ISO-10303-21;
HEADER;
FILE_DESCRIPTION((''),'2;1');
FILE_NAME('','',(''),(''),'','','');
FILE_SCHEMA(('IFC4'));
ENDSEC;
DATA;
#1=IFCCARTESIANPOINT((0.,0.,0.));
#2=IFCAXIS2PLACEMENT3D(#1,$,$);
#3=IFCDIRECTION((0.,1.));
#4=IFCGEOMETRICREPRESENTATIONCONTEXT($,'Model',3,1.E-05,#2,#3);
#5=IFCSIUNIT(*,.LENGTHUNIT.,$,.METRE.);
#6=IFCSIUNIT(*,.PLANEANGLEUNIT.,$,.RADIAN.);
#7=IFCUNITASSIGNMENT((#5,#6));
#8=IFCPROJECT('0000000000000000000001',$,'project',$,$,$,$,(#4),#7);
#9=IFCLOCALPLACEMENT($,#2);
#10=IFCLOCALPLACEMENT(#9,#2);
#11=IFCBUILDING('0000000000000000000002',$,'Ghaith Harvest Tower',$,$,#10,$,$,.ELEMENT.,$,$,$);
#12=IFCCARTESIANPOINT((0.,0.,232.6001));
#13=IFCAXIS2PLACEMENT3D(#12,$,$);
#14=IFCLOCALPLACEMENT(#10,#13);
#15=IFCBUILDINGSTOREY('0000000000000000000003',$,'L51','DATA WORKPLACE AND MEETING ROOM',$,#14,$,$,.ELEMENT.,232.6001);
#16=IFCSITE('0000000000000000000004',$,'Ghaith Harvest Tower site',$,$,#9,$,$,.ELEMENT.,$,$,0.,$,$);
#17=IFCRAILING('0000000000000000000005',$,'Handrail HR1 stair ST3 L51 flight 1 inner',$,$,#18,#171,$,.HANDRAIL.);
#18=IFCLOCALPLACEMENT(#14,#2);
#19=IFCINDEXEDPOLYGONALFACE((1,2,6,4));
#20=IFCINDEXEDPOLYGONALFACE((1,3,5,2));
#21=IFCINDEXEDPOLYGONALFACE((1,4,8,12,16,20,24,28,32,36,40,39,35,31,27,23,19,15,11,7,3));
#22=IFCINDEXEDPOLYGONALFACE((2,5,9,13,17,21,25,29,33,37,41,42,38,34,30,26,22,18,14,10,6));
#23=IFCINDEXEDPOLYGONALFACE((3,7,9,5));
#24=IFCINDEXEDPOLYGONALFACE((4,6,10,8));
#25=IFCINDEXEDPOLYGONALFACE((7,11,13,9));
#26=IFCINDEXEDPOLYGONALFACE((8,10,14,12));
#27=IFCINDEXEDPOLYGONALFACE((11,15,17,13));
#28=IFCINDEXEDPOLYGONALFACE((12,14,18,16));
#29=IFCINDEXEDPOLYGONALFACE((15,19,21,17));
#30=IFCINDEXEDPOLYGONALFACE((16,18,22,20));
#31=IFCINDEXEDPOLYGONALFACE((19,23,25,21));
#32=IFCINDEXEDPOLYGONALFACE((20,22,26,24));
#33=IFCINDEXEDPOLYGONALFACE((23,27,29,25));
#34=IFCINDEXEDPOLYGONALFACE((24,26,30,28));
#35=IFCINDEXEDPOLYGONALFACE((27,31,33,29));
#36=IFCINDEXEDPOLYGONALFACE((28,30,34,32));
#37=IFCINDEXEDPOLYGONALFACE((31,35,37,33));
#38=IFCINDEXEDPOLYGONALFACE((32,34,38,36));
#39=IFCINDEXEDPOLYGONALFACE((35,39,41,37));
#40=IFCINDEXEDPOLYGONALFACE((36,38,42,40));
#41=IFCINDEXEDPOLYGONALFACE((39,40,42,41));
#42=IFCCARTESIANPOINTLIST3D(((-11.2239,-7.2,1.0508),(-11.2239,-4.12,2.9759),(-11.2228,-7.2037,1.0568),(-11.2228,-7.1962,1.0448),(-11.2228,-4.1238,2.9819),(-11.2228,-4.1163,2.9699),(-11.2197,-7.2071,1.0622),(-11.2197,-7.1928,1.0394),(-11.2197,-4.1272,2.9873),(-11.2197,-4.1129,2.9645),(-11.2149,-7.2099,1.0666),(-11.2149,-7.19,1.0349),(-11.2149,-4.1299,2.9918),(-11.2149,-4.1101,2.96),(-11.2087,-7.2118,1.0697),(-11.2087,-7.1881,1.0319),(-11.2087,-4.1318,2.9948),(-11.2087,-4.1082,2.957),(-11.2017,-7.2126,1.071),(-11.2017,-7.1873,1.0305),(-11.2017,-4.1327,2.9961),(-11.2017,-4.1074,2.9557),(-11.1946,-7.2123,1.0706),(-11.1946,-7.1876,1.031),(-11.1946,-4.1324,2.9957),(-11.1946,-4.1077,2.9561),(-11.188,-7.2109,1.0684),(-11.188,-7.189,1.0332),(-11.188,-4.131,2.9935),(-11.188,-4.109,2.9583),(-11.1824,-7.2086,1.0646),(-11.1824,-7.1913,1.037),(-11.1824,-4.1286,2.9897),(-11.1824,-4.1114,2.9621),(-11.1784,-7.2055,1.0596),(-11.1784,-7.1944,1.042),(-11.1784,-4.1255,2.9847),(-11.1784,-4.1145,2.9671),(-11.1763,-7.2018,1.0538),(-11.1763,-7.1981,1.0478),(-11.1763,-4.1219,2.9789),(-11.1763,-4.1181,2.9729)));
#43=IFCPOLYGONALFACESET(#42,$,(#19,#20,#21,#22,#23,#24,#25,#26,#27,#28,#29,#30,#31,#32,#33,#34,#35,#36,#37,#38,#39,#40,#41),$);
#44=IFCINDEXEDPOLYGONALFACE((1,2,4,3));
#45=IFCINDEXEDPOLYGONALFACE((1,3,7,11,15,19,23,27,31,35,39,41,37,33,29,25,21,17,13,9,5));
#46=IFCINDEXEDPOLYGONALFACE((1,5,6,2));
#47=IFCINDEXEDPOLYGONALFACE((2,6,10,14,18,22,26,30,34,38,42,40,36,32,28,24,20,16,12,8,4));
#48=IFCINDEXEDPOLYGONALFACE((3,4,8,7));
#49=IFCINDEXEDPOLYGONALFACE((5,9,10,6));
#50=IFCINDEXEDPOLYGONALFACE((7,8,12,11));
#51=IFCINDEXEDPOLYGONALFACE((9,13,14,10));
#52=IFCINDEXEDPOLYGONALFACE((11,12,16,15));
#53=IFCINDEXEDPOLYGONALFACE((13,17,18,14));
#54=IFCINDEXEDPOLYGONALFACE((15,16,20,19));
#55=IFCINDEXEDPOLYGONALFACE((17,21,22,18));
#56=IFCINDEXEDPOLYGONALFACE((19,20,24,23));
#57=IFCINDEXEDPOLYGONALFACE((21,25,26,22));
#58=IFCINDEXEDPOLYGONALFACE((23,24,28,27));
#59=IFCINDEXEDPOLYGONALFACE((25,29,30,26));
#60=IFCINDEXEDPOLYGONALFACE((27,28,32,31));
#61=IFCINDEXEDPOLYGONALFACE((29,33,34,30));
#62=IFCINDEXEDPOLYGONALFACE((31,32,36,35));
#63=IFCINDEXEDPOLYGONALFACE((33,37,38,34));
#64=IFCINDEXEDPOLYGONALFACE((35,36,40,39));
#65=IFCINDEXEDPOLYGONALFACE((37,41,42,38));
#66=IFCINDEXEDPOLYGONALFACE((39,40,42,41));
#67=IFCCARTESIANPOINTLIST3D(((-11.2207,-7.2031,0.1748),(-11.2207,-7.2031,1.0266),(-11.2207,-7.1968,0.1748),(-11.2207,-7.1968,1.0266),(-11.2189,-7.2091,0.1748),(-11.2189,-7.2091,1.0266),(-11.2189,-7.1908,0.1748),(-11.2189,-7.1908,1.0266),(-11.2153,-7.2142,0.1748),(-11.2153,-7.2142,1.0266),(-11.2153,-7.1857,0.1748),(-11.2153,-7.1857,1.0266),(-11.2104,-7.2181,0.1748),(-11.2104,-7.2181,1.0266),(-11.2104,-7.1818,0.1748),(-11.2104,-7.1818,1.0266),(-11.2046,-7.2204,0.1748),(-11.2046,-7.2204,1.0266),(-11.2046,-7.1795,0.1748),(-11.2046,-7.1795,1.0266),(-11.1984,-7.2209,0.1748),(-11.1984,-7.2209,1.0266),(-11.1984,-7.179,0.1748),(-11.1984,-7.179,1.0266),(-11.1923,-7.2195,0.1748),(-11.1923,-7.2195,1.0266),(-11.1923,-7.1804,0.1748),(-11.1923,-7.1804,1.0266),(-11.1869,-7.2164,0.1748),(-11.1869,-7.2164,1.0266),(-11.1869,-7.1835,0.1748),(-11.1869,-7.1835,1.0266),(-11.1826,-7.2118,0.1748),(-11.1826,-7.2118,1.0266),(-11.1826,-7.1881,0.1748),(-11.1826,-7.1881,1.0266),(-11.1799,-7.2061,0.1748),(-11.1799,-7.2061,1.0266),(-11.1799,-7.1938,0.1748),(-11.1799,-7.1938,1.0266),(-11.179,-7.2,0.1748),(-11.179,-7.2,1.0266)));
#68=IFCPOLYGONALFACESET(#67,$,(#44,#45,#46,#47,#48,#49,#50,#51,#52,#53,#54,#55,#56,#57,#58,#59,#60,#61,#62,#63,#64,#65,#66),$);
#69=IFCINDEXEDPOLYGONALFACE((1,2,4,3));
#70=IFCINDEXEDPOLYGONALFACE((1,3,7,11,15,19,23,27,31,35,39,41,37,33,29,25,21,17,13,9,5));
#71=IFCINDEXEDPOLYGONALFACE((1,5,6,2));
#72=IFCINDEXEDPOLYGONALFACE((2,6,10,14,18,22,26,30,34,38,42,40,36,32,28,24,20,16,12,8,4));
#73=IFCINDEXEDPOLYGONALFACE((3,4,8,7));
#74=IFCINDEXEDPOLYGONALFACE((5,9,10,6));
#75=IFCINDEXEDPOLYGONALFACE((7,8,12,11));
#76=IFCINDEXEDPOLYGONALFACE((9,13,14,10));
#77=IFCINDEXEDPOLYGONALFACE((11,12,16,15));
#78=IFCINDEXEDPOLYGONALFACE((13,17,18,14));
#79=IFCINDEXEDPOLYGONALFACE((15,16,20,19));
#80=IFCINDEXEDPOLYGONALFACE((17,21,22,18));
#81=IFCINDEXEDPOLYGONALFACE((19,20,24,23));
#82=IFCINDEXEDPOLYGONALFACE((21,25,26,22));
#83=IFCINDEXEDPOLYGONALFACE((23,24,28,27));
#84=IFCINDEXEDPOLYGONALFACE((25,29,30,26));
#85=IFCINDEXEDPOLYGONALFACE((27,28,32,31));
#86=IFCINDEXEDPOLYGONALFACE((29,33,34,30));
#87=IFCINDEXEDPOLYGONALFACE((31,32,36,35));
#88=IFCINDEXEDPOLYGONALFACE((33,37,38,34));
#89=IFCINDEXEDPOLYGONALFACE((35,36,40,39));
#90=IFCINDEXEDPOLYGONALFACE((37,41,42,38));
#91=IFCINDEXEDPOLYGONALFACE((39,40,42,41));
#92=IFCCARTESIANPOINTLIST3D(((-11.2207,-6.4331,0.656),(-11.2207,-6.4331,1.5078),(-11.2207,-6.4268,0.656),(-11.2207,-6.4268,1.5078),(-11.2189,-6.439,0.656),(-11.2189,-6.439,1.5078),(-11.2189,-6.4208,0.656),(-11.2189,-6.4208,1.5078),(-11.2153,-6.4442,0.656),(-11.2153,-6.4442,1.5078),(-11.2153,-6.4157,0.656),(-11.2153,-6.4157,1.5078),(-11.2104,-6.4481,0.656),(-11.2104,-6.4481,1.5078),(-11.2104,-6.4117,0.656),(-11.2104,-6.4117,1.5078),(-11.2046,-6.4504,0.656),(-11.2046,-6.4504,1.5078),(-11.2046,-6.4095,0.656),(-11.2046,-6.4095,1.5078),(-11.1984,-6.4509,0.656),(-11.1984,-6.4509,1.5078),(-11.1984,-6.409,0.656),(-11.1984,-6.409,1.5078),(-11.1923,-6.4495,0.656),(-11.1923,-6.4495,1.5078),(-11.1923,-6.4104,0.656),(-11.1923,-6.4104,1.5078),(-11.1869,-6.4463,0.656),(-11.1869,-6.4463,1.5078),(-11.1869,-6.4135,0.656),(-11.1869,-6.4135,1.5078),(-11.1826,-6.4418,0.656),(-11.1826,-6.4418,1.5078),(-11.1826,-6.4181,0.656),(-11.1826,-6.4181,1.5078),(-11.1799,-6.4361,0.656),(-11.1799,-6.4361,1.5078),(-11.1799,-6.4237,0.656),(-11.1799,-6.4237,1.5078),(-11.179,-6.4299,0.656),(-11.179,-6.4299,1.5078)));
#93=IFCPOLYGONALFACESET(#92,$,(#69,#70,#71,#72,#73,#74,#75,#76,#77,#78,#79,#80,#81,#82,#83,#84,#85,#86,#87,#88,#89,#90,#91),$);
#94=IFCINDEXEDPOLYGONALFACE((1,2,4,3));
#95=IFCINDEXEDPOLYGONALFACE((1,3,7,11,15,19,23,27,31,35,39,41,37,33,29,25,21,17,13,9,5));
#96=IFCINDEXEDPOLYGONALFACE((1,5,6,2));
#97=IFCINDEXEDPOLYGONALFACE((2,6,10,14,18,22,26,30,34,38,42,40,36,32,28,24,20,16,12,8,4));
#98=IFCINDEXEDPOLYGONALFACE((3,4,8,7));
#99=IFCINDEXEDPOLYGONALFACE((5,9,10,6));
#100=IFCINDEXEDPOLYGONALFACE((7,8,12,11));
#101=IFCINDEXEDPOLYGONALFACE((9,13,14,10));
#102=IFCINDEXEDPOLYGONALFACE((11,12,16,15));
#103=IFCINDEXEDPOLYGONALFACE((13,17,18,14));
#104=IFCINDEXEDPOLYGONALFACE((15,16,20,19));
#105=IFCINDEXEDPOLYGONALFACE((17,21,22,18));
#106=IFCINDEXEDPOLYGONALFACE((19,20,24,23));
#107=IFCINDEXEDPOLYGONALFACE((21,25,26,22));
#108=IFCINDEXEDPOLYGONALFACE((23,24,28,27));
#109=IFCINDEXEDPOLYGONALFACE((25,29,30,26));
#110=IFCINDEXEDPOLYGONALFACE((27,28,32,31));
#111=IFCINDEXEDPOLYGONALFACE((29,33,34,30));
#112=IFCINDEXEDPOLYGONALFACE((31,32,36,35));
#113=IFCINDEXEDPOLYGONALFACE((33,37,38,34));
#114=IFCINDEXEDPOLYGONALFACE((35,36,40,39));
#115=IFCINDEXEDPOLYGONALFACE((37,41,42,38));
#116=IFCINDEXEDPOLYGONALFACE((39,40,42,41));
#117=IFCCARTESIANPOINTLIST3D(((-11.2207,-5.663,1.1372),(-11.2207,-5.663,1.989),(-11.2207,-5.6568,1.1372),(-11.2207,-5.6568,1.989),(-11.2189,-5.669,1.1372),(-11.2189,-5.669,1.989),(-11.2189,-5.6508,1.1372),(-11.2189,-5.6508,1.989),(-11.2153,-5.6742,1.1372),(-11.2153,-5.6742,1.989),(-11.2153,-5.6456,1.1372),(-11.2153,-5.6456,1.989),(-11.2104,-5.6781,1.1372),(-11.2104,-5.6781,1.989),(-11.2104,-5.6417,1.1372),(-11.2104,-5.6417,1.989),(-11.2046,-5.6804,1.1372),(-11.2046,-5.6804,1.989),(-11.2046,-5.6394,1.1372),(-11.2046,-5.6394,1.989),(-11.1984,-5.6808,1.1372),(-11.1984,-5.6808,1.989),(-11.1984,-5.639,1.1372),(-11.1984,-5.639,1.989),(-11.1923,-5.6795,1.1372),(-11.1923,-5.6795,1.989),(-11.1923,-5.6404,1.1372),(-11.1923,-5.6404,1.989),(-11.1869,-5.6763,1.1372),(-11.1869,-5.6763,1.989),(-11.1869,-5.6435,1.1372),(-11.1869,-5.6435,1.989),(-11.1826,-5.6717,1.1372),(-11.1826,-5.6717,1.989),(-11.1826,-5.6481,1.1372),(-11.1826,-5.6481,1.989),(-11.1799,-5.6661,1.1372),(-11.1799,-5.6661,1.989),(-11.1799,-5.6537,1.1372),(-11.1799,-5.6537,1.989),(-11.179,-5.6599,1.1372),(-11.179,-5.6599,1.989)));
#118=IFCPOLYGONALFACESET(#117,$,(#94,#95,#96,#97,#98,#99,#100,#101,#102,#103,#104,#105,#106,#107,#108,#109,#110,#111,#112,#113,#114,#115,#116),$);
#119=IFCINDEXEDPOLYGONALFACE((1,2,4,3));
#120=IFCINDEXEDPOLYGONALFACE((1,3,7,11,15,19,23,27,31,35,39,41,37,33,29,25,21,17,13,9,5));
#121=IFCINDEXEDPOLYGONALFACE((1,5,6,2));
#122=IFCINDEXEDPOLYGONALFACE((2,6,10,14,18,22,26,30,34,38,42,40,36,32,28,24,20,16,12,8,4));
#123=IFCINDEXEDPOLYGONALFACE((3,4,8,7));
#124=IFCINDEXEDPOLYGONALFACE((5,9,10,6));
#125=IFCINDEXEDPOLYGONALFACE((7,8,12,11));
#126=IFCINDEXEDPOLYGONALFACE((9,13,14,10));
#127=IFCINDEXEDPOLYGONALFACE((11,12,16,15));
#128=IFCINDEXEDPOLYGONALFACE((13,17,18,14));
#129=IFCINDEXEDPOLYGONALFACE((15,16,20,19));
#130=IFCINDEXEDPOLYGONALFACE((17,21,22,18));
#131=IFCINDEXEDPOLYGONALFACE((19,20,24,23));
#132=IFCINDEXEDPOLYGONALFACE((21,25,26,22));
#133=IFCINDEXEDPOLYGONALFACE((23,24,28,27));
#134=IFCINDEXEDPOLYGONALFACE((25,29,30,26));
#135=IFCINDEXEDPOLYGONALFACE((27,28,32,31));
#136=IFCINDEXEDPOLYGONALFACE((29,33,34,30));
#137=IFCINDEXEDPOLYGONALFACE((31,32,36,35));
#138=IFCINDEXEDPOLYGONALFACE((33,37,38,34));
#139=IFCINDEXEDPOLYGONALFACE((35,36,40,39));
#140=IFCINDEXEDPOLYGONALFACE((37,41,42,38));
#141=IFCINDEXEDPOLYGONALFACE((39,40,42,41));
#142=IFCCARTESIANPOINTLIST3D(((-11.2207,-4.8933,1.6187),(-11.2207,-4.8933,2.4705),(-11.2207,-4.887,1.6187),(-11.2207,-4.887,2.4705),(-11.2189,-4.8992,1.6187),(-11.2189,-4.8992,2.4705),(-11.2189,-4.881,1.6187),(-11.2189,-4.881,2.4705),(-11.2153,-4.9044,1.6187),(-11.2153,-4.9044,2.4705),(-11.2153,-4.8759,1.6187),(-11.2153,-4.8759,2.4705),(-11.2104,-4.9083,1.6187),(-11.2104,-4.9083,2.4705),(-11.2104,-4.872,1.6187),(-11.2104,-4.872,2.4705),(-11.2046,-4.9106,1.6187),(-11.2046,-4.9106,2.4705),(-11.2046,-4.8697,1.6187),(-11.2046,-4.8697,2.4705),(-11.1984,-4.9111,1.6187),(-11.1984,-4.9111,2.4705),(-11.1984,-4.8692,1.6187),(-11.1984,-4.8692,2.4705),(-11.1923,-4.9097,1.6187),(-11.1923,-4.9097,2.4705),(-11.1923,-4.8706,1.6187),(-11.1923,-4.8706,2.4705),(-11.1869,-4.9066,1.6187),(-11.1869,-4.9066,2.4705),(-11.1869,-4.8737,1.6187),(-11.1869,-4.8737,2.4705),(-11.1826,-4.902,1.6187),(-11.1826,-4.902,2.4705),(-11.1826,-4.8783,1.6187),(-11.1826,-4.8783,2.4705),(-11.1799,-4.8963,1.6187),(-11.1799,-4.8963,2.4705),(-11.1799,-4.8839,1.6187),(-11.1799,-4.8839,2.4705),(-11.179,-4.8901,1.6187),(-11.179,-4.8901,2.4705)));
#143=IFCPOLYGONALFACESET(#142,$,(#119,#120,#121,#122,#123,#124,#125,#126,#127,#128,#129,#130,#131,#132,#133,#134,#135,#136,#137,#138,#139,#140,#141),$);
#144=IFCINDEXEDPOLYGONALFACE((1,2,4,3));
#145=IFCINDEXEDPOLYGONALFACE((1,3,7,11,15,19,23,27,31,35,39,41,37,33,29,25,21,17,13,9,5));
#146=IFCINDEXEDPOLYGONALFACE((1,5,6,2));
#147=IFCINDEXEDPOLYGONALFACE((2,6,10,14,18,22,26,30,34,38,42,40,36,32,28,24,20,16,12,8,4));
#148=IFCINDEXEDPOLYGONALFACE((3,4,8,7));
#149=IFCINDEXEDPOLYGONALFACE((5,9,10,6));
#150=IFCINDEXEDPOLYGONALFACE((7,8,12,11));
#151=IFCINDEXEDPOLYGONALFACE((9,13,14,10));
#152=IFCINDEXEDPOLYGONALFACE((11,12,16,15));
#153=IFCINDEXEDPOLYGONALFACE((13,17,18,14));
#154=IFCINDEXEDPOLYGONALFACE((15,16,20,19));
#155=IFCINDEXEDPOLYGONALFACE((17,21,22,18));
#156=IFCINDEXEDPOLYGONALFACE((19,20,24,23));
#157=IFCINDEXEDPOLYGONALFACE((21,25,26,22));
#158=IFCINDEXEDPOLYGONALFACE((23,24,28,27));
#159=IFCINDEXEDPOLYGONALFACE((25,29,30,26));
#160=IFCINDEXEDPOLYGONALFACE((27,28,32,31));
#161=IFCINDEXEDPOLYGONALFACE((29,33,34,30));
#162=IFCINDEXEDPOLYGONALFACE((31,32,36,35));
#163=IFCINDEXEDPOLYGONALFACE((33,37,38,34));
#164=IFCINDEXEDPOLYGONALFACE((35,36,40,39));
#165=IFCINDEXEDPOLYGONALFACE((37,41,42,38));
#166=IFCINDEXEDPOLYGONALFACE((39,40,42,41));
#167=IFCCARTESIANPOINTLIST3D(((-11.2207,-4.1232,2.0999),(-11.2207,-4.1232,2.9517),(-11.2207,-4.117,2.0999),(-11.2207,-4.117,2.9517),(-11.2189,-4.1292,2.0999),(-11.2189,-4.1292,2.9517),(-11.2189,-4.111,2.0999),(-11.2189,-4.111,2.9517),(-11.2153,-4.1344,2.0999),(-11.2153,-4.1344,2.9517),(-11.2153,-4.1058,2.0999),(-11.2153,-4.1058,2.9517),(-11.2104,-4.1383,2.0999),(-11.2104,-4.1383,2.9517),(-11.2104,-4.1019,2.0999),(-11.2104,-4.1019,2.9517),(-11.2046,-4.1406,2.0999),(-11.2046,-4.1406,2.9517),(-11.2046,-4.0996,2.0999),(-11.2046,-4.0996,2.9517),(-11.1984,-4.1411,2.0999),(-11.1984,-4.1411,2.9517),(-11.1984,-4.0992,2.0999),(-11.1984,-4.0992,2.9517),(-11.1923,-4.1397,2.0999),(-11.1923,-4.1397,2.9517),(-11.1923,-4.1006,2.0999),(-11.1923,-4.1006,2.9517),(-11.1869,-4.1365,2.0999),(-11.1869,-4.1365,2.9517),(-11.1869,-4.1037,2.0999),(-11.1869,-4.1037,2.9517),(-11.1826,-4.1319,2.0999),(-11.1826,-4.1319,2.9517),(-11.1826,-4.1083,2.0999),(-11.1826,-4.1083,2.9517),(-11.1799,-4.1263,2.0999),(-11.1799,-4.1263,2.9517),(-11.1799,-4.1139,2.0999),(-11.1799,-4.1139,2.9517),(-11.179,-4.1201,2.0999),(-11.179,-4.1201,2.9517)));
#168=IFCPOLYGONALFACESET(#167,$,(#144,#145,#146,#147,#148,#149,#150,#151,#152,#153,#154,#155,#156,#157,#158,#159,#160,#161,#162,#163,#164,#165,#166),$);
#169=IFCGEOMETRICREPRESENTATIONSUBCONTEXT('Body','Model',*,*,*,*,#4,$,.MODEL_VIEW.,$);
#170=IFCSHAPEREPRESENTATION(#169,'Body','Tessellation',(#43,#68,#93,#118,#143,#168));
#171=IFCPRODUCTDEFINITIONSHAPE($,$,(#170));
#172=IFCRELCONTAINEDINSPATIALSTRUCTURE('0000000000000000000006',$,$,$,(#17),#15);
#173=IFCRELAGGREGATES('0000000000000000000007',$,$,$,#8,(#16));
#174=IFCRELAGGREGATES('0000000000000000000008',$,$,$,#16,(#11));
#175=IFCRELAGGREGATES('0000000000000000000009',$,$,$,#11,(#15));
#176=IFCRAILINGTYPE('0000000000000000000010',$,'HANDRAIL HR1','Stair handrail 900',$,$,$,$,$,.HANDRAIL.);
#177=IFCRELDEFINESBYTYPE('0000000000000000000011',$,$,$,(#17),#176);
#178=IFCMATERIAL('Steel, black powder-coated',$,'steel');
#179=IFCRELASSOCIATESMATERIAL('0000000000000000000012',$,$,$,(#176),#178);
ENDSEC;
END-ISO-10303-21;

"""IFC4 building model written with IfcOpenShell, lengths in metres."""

from ifc_helpers import new_model, si_unit, direction, frame, origin, origin_2d, place, context, subcontext, project, spatial, circle, extrude, material, type_object, element, save


model = new_model("IFC4")

# Units and contexts
model_context = context("Model", 3, precision=1e-05, world=origin(), true_north=direction((0.0, 1.0)))
body_context = subcontext(model_context, "Body", "Model", "MODEL_VIEW")
ifc_project = project(units=[si_unit("LENGTHUNIT", "METRE"), si_unit("PLANEANGLEUNIT", "RADIAN")], contexts=[model_context])

# Site, building, storey
site_placement = place(None, origin())
site = spatial("IfcSite", under=ifc_project, at=site_placement, Name="Ghaith Harvest Tower site", CompositionType="ELEMENT", RefElevation=0.0)
building_placement = place(site_placement, origin())
building = spatial("IfcBuilding", under=site, at=building_placement, Name="Ghaith Harvest Tower", CompositionType="ELEMENT")
storey_placement = place(building_placement, frame((0.0, 0.0, 232.6001)))
storey = spatial("IfcBuildingStorey", under=building, at=storey_placement, Name="L51", Description="DATA WORKPLACE AND MEETING ROOM", CompositionType="ELEMENT", Elevation=232.6001)

# Railing
ifc_material_1 = material(Name="Steel, black powder-coated", Category="steel")
railing_type = type_object("IfcRailingType", Name="HANDRAIL HR1", Description="Stair handrail 900", PredefinedType="HANDRAIL", material=ifc_material_1)
railing_1_placement = place(storey_placement, frame((-11.2, -7.2, 0.1748)))
element("IfcRailing", 1, at=railing_1_placement, inside=storey, type_object=railing_type, Name="Handrail HR1 stair ST3 L51 flight 1 inner", PredefinedType="HANDRAIL", context=body_context, shape_type="SweptSolid", body=[
    extrude(circle(Radius=0.0239, at=origin_2d()), frame((0.0, 0.0, 0.876), z_axis=(0.0, 0.847979, 0.530029), x_axis=(-1.0, 0.0, 0.0)), (0.0, 0.0, 1.0), 3.6321),
    extrude(circle(Radius=0.021, at=origin_2d()), origin(), (0.0, 0.0, 1.0), 0.8518),
    extrude(circle(Radius=0.021, at=origin_2d()), frame((0.0, 0.77, 0.4812)), (0.0, 0.0, 1.0), 0.8518),
    extrude(circle(Radius=0.021, at=origin_2d()), frame((0.0, 1.54, 0.9624)), (0.0, 0.0, 1.0), 0.8518),
    extrude(circle(Radius=0.021, at=origin_2d()), frame((0.0, 2.3098, 1.4438)), (0.0, 0.0, 1.0), 0.8518),
    extrude(circle(Radius=0.021, at=origin_2d()), frame((0.0, 3.0798, 1.925)), (0.0, 0.0, 1.0), 0.8518),
])

save(model, "model.ifc")
